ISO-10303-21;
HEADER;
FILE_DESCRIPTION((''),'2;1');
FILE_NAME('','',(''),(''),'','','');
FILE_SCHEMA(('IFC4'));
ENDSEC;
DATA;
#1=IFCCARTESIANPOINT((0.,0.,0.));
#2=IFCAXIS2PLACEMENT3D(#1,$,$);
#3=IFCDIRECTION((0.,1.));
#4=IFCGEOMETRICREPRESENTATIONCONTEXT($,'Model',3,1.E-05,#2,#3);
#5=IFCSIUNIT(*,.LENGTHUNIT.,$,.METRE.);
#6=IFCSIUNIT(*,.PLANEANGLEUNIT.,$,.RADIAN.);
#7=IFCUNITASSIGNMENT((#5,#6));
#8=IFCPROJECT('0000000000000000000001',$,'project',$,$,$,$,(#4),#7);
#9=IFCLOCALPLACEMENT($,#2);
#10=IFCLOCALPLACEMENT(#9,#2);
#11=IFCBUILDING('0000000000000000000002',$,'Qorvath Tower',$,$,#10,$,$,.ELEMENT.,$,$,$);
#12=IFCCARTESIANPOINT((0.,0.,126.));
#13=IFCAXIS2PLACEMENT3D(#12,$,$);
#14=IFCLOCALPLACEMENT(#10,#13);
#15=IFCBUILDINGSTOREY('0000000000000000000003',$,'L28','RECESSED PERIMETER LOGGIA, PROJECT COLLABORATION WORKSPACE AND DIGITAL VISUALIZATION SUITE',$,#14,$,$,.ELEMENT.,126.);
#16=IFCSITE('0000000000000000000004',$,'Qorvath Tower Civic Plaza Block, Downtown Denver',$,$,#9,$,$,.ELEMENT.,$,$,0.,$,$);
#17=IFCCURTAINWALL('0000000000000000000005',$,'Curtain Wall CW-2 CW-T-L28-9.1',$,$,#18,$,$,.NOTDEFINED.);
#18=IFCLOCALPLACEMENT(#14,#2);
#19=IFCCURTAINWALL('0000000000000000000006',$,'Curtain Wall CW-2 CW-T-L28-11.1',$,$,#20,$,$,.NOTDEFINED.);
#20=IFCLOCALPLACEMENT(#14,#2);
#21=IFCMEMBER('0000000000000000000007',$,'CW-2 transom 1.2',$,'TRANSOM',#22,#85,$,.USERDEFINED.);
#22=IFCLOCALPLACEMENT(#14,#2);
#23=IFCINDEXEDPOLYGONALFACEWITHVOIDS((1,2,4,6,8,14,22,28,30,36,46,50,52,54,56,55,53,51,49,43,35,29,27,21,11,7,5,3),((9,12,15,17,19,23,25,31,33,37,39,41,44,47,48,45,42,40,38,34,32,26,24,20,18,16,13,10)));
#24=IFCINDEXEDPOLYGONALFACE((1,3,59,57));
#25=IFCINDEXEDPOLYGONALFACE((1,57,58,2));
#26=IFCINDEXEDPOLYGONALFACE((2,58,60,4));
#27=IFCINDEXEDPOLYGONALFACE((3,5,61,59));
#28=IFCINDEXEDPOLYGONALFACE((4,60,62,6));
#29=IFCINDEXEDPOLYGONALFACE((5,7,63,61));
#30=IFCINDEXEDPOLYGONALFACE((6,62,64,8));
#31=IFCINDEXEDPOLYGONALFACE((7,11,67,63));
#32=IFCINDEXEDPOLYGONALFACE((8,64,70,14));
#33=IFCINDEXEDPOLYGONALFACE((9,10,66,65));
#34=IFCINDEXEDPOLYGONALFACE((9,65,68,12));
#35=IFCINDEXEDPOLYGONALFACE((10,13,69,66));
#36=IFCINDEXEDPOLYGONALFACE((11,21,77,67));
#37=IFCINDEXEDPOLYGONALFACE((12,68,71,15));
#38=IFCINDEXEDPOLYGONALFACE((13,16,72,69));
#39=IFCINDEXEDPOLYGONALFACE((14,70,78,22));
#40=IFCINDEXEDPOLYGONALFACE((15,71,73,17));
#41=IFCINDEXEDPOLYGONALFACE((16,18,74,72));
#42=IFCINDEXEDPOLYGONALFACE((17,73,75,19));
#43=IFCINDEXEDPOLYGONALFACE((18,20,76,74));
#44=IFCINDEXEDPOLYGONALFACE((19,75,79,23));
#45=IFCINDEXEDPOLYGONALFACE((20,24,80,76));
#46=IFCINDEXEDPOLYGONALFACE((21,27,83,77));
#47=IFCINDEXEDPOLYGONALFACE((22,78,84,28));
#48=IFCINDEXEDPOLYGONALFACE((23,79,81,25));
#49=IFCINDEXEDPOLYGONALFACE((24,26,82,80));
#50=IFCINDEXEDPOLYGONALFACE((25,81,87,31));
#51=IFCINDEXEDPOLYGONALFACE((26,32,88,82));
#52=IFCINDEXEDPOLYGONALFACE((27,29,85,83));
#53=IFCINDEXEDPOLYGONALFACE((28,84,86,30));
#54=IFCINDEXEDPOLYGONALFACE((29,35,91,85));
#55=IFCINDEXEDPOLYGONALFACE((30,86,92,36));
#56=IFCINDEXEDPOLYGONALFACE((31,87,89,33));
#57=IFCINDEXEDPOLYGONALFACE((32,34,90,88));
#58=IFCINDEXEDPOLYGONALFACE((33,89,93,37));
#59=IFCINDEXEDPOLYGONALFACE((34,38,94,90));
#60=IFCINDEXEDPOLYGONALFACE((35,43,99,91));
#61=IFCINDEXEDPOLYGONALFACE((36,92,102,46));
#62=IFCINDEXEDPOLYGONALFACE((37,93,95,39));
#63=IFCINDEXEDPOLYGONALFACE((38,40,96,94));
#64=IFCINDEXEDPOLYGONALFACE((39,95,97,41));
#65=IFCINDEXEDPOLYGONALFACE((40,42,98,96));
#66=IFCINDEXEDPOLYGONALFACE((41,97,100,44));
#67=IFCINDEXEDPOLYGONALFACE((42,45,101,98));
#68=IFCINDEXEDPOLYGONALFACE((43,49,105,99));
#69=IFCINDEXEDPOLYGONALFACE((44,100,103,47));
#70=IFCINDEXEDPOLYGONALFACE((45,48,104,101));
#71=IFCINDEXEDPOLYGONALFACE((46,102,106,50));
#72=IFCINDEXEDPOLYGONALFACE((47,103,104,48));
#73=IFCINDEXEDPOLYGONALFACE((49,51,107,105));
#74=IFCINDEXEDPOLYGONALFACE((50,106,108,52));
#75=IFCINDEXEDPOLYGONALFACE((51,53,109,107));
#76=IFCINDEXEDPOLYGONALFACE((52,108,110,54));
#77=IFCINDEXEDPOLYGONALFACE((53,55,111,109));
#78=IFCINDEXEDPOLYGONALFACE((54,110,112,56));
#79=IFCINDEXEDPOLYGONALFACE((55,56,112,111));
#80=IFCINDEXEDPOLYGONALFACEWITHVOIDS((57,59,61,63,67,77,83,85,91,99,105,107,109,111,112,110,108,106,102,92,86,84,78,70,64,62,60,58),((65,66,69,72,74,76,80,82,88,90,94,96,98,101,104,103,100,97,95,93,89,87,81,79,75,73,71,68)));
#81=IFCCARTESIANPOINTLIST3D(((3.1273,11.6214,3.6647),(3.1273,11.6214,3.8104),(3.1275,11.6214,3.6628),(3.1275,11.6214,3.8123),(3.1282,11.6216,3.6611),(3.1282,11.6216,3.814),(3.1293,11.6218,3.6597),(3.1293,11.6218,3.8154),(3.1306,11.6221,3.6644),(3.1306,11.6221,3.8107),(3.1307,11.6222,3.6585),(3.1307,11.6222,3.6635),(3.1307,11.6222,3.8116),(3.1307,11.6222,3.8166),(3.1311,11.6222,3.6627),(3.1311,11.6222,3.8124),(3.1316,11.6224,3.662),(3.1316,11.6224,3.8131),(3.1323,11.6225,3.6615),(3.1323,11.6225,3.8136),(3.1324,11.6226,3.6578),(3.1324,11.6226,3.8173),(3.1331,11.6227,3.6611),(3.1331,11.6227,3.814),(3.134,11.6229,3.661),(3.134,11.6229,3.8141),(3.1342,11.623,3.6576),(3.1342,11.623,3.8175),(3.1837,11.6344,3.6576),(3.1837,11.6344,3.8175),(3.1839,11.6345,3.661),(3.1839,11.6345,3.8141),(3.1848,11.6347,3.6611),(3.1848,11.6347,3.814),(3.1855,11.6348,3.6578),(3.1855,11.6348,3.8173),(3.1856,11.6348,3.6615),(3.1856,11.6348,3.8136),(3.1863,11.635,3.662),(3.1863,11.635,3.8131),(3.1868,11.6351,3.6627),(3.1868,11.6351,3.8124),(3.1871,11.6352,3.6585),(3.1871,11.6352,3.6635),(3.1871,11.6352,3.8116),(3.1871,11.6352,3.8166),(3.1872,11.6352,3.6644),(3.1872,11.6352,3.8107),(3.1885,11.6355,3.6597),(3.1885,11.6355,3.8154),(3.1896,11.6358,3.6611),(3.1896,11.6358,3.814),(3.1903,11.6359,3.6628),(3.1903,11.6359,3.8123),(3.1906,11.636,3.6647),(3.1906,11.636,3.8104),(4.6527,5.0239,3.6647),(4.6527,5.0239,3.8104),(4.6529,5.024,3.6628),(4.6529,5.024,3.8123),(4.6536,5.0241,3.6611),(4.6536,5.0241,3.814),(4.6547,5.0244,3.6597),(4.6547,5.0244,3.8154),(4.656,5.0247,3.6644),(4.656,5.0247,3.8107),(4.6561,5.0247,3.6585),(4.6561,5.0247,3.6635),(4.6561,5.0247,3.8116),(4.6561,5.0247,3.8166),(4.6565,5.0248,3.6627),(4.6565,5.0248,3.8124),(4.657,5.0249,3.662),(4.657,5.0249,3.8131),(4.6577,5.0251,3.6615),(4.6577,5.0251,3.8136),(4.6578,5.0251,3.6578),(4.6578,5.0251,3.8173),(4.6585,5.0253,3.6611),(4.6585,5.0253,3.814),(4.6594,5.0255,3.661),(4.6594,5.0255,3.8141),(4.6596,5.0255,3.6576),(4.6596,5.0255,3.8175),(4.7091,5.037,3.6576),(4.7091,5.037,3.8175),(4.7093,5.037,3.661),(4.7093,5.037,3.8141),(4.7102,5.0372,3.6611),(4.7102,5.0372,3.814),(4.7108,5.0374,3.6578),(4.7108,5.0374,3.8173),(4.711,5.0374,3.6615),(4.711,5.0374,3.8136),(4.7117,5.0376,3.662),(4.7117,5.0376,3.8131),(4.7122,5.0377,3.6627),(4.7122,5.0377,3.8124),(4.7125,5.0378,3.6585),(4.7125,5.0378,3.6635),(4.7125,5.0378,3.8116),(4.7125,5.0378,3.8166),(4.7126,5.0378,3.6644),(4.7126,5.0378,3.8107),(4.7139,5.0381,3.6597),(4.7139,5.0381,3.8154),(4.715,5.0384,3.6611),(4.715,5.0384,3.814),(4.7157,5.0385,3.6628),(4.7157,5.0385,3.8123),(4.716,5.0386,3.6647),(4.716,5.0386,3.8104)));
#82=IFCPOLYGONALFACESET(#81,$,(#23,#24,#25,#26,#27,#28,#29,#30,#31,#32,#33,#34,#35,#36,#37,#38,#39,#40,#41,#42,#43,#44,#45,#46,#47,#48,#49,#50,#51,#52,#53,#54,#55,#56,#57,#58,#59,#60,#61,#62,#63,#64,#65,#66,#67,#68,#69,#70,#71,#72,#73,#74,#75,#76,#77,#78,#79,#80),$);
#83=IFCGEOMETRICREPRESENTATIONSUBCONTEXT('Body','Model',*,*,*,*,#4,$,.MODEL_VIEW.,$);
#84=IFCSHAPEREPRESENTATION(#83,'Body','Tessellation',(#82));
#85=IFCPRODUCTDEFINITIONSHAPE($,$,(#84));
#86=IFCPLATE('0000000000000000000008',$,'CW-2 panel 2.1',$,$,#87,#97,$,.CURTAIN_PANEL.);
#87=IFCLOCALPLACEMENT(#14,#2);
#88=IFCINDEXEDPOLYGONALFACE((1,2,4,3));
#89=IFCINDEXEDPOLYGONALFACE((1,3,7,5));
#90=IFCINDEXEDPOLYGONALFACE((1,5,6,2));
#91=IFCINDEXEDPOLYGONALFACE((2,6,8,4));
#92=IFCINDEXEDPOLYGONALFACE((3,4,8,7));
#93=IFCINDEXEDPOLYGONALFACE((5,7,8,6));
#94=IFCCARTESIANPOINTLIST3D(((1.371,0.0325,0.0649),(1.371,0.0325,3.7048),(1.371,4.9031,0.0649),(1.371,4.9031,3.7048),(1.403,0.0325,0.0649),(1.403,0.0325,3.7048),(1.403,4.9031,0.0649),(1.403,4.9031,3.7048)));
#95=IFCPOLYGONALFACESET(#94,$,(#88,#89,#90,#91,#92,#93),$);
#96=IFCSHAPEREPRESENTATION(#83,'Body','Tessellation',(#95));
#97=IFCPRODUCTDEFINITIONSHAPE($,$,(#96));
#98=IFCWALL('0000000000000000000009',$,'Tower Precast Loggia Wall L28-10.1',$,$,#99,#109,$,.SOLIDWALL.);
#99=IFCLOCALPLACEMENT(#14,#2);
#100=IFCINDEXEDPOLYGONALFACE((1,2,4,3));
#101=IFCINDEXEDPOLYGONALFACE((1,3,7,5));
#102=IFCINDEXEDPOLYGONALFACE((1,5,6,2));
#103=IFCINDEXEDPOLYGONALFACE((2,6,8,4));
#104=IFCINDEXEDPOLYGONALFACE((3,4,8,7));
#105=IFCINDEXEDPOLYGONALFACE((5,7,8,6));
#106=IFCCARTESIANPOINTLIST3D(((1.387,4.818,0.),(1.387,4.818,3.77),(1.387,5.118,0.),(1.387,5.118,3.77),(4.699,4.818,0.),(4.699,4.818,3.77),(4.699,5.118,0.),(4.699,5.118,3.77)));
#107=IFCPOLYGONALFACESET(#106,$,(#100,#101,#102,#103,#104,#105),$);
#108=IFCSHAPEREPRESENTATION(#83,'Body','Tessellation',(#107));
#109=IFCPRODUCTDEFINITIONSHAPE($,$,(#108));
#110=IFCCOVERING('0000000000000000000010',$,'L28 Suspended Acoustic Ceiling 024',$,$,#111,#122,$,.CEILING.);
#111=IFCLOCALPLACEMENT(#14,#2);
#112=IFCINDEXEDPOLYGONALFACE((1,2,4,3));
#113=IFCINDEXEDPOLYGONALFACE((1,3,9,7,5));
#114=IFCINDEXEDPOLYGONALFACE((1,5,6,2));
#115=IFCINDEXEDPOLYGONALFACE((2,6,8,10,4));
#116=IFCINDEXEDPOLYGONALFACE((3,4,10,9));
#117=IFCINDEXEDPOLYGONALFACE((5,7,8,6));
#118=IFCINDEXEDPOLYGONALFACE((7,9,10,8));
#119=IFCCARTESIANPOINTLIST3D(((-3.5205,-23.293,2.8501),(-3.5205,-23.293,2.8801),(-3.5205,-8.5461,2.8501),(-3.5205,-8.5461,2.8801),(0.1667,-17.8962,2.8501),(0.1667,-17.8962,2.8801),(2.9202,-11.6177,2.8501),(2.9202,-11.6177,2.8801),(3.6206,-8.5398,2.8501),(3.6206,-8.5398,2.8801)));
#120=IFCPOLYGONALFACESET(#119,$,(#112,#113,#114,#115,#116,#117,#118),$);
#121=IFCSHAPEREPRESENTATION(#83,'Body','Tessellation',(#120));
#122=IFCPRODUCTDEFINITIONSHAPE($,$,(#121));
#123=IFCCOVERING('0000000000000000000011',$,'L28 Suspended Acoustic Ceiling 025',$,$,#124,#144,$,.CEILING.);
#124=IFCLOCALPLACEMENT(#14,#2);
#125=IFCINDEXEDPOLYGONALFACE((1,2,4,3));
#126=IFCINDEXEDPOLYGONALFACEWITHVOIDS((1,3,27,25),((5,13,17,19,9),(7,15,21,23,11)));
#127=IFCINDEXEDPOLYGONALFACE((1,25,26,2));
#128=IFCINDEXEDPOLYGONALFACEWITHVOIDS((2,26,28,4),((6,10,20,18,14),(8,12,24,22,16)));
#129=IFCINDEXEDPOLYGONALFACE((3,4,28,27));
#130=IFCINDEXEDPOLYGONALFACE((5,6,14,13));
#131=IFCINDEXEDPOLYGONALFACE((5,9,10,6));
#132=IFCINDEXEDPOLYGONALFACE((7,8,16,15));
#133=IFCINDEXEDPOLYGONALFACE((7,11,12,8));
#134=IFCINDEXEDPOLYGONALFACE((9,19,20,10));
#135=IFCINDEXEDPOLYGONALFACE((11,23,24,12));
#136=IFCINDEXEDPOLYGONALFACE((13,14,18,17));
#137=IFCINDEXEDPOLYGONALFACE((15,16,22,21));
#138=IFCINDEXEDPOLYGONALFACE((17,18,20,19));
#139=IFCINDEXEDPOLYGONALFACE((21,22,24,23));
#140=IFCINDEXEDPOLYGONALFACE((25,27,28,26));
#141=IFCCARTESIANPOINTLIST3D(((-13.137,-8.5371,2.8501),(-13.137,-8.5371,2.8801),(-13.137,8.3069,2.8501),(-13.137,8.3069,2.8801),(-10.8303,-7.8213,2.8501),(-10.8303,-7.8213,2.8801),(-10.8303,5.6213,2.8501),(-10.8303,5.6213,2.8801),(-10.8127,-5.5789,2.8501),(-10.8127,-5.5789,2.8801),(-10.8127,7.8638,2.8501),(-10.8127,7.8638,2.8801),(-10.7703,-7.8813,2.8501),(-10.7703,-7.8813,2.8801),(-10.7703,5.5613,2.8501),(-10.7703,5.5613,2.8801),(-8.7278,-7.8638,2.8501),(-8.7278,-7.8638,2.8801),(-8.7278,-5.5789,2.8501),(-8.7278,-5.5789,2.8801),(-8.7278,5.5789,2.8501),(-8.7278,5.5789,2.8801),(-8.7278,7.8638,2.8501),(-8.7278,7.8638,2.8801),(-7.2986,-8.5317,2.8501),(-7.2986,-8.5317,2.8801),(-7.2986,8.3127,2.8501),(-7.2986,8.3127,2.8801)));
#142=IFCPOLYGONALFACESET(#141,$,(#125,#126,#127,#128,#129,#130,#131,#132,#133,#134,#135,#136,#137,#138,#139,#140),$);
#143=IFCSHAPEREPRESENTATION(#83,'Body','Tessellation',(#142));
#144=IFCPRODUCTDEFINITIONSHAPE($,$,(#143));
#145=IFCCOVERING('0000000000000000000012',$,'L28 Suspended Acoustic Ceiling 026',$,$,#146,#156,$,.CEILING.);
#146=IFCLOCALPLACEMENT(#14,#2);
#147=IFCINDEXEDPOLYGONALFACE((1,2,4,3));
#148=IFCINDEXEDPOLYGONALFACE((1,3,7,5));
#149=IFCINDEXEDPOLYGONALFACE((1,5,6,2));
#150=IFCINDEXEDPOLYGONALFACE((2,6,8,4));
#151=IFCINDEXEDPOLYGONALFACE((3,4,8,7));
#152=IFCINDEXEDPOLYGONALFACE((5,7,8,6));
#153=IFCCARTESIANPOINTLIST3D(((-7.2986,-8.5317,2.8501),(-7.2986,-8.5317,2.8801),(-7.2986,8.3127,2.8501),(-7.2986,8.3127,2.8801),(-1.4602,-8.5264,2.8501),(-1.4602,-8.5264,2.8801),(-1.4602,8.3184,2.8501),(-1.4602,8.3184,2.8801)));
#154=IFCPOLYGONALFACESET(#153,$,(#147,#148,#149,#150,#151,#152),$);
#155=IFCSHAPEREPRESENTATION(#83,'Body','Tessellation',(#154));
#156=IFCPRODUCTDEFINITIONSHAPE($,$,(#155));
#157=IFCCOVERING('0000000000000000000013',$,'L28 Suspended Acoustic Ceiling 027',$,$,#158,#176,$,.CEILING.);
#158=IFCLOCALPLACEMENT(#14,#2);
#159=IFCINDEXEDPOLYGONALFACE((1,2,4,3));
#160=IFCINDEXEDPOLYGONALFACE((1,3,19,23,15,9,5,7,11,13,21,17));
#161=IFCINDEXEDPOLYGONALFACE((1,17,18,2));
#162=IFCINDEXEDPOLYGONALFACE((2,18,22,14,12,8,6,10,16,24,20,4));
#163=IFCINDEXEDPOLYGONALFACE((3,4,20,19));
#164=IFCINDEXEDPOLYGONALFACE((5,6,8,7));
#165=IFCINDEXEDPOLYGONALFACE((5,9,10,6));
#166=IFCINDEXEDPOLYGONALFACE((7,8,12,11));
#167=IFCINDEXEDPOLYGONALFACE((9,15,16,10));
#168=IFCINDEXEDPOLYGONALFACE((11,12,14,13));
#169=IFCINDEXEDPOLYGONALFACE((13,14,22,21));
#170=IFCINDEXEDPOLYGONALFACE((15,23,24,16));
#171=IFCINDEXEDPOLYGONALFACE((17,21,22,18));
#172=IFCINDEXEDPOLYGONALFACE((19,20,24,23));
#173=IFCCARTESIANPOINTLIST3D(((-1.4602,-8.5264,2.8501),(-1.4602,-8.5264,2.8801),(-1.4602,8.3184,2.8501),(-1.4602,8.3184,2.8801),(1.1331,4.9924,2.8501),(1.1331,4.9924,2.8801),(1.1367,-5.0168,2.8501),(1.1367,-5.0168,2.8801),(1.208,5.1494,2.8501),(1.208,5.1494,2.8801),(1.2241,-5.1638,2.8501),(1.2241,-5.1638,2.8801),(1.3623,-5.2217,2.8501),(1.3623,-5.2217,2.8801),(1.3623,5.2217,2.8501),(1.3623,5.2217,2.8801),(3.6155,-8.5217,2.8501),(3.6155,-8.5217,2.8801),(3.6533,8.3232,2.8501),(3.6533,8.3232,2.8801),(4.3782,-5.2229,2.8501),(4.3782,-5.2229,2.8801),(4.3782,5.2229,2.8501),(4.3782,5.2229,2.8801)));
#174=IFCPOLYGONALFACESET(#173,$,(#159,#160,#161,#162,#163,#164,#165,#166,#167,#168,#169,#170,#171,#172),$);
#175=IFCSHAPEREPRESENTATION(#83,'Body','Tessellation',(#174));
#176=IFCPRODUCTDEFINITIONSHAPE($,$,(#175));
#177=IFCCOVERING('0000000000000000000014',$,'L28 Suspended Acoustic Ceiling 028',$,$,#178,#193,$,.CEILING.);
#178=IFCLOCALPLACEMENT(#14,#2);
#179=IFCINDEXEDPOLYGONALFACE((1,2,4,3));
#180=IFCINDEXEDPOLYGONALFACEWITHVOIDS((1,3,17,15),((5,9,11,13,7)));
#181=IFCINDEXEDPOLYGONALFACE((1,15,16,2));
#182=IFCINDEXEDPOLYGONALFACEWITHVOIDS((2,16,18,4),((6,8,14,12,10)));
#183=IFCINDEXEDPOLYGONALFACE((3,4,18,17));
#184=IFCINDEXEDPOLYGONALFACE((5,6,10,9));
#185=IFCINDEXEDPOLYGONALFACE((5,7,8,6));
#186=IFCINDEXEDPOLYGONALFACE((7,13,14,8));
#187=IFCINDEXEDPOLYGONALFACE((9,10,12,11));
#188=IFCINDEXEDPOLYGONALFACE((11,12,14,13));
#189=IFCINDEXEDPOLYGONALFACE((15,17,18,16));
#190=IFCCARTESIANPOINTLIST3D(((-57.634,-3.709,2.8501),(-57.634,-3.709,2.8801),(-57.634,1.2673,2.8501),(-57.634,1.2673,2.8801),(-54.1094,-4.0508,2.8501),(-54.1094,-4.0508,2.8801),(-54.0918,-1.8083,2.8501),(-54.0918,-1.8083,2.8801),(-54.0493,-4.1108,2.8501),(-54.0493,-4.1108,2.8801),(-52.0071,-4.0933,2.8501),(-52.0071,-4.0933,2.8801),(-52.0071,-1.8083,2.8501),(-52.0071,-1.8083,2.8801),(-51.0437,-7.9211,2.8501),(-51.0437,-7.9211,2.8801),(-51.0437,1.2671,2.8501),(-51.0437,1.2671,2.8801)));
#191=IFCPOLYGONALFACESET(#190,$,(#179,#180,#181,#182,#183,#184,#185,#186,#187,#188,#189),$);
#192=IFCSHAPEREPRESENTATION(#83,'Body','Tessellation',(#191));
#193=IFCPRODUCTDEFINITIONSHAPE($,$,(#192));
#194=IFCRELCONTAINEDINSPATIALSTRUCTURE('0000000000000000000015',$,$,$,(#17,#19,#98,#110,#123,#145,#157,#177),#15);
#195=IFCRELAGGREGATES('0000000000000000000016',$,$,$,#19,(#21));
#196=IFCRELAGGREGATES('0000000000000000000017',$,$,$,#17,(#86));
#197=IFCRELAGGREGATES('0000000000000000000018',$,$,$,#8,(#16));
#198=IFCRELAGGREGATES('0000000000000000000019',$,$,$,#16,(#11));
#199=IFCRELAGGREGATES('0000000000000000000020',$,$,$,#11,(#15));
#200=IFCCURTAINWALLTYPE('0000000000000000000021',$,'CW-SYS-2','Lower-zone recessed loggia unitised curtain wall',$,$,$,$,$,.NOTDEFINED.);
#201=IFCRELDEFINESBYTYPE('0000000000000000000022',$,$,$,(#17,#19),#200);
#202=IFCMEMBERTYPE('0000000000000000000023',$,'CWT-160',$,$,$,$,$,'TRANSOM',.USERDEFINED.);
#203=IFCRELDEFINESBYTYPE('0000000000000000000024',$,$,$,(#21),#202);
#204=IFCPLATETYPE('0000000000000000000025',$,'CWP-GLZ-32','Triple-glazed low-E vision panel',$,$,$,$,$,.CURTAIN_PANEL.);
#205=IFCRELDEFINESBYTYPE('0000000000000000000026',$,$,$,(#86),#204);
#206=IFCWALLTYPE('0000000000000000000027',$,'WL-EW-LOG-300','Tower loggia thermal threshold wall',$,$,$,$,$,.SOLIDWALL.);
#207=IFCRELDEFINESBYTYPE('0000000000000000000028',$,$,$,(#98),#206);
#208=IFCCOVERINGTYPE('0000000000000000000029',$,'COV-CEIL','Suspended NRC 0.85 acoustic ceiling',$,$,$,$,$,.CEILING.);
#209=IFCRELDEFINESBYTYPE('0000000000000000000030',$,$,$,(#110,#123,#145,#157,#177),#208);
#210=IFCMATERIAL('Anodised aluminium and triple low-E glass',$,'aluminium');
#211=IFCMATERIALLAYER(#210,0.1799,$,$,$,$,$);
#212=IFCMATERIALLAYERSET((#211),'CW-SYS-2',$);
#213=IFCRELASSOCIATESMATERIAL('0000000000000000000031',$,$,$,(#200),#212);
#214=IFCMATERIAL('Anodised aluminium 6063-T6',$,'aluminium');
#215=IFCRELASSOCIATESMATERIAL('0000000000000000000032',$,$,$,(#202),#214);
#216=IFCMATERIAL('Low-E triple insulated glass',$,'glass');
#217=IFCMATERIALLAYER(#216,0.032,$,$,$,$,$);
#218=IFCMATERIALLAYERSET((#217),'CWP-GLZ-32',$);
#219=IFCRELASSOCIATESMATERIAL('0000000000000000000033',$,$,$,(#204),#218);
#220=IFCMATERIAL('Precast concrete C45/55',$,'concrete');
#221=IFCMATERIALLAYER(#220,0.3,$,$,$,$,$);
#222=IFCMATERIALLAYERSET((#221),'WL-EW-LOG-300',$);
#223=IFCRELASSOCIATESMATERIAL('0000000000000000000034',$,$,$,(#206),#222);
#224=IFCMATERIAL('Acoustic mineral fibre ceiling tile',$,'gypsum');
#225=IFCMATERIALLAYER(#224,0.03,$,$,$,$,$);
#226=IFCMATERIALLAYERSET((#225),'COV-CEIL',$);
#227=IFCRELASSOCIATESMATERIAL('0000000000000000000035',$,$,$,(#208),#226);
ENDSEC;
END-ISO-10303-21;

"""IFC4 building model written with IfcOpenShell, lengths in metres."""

from ifc_helpers import new_model, si_unit, direction, frame, frame_2d, origin, origin_2d, place, context, subcontext, project, spatial, polyline, rectangle, hollow_rectangle, outline, extrude, material, layer, layer_set, material_profile, profile_set, type_object, element, aggregate, save


model = new_model("IFC4")

# Units and contexts
model_context = context("Model", 3, precision=1e-05, world=origin(), true_north=direction((0.0, 1.0)))
body_context = subcontext(model_context, "Body", "Model", "MODEL_VIEW")
ifc_project = project(units=[si_unit("LENGTHUNIT", "METRE"), si_unit("PLANEANGLEUNIT", "RADIAN")], contexts=[model_context])

# Site, building, storey
site_placement = place(None, origin())
site = spatial("IfcSite", under=ifc_project, at=site_placement, Name="Qorvath Tower Civic Plaza Block, Downtown Denver", CompositionType="ELEMENT", RefElevation=0.0)
building_placement = place(site_placement, origin())
building = spatial("IfcBuilding", under=site, at=building_placement, Name="Qorvath Tower", CompositionType="ELEMENT")
storey_placement = place(building_placement, frame((0.0, 0.0, 126.0)))
storey = spatial("IfcBuildingStorey", under=building, at=storey_placement, Name="L28", Description="RECESSED PERIMETER LOGGIA, PROJECT COLLABORATION WORKSPACE AND DIGITAL VISUALIZATION SUITE", CompositionType="ELEMENT", Elevation=126.0)

# Curtain wall
ifc_material_1 = material(Name="Anodised aluminium and triple low-E glass", Category="aluminium")
ifc_layer_1 = layer(ifc_material_1, 0.1799)
ifc_layer_set_1 = layer_set([ifc_layer_1], Name="CW-SYS-2")
curtain_wall_type = type_object("IfcCurtainWallType", Name="CW-SYS-2", Description="Lower-zone recessed loggia unitised curtain wall", PredefinedType="NOTDEFINED", material=ifc_layer_set_1)
curtain_wall_1_placement = place(storey_placement, origin())
curtain_wall_1 = element("IfcCurtainWall", 1, at=curtain_wall_1_placement, inside=storey, type_object=curtain_wall_type, Name="Curtain Wall CW-2 CW-T-L28-9.1", PredefinedType="NOTDEFINED")

# Curtain wall
curtain_wall_2_placement = place(storey_placement, origin())
curtain_wall_2 = element("IfcCurtainWall", 2, at=curtain_wall_2_placement, inside=storey, type_object=curtain_wall_type, Name="Curtain Wall CW-2 CW-T-L28-11.1", PredefinedType="NOTDEFINED")

# Member
ifc_material_2 = material(Name="Anodised aluminium 6063-T6", Category="aluminium")
ifc_material_profile_1 = material_profile(ifc_material_2, hollow_rectangle(XDim=0.0649, YDim=0.1599, WallThickness=0.0034, InnerFilletRadius=0.0034, OuterFilletRadius=0.0071, at=origin_2d()), Name="CWT 160x65")
ifc_profile_set_1 = profile_set([ifc_material_profile_1], Name="Anodised aluminium 6063-T6")
member_type_1 = type_object("IfcMemberType", Name="CWT-160", ElementType="TRANSOM", PredefinedType="USERDEFINED", material=ifc_profile_set_1)
member_1_placement = place(storey_placement, frame((4.6843, 5.0312, 3.7375), z_axis=(-0.225268, 0.974297, 0.0), x_axis=(-0.974297, -0.225268, 0.0)))
member_1 = element("IfcMember", 3, at=member_1_placement, type_object=member_type_1, Name="CW-2 transom 1.2", ObjectType="TRANSOM", PredefinedType="USERDEFINED", context=body_context, shape_type="SweptSolid", body=[
    extrude(hollow_rectangle(XDim=0.0649, YDim=0.1599, WallThickness=0.0034, InnerFilletRadius=0.0034, OuterFilletRadius=0.0071, at=origin_2d()), origin(), (0.0, 0.0, 1.0), 6.7715),
])
aggregate(curtain_wall_2, [member_1])

# Plate
ifc_material_3 = material(Name="Low-E triple insulated glass", Category="glass")
ifc_layer_2 = layer(ifc_material_3, 0.032)
ifc_layer_set_2 = layer_set([ifc_layer_2], Name="CWP-GLZ-32")
plate_type = type_object("IfcPlateType", Name="CWP-GLZ-32", Description="Triple-glazed low-E vision panel", PredefinedType="CURTAIN_PANEL", material=ifc_layer_set_2)
plate_placement = place(storey_placement, frame((1.387, 2.4678, 0.0649), z_axis=(0.0, 0.0, 1.0), x_axis=(0.0, 1.0, 0.0)))
plate = element("IfcPlate", 4, at=plate_placement, type_object=plate_type, Name="CW-2 panel 2.1", PredefinedType="CURTAIN_PANEL", context=body_context, shape_type="SweptSolid", body=[
    extrude(rectangle(XDim=4.8706, YDim=0.032, at=origin_2d()), origin(), (0.0, 0.0, 1.0), 3.6399),
])
aggregate(curtain_wall_1, [plate])

# Wall
ifc_material_4 = material(Name="Precast concrete C45/55", Category="concrete")
ifc_layer_3 = layer(ifc_material_4, 0.3)
ifc_layer_set_3 = layer_set([ifc_layer_3], Name="WL-EW-LOG-300")
wall_type = type_object("IfcWallType", Name="WL-EW-LOG-300", Description="Tower loggia thermal threshold wall", PredefinedType="SOLIDWALL", material=ifc_layer_set_3)
wall_placement = place(storey_placement, frame((1.387, 4.968, 0.0), z_axis=(0.0, 0.0, 1.0), x_axis=(1.0, 0.0, 0.0)))
element("IfcWall", 5, at=wall_placement, inside=storey, type_object=wall_type, Name="Tower Precast Loggia Wall L28-10.1", PredefinedType="SOLIDWALL", context=body_context, shape_type="SweptSolid", body=[
    extrude(rectangle(XDim=3.312, YDim=0.3, at=frame_2d((1.656, 0.0))), origin(), (0.0, 0.0, 1.0), 3.77),
])

# Coverings
ifc_material_5 = material(Name="Acoustic mineral fibre ceiling tile", Category="gypsum")
ifc_layer_4 = layer(ifc_material_5, 0.03)
ifc_layer_set_4 = layer_set([ifc_layer_4], Name="COV-CEIL")
covering_type_1 = type_object("IfcCoveringType", Name="COV-CEIL", Description="Suspended NRC 0.85 acoustic ceiling", PredefinedType="CEILING", material=ifc_layer_set_4)
covering_1_placement = place(storey_placement, frame((0.0, 0.0, 2.8501)))
element("IfcCovering", 6, at=covering_1_placement, inside=storey, type_object=covering_type_1, Name="L28 Suspended Acoustic Ceiling 024", PredefinedType="CEILING", context=body_context, shape_type="SweptSolid", body=[
    extrude(outline(polyline([(-3.5205, -8.5461), (-3.5205, -23.293), (0.1667, -17.8962), (2.9202, -11.6177), (3.6206, -8.5398), (-3.5205, -8.5461)])), origin(), (0.0, 0.0, 1.0), 0.03),
])
covering_2_placement = place(storey_placement, frame((0.0, 0.0, 2.8501)))
element("IfcCovering", 7, at=covering_2_placement, inside=storey, type_object=covering_type_1, Name="L28 Suspended Acoustic Ceiling 025", PredefinedType="CEILING", context=body_context, shape_type="SweptSolid", body=[
    extrude(outline(polyline([(-7.2986, -8.5317), (-7.2986, 8.3127), (-13.137, 8.3069), (-13.137, -8.5371), (-7.2986, -8.5317)]), holes=[polyline([(-10.8303, -7.8213), (-10.8127, -5.5789), (-8.7278, -5.5789), (-8.7278, -7.8638), (-10.7703, -7.8813), (-10.8303, -7.8213)]), polyline([(-10.8303, 5.6213), (-10.8127, 7.8638), (-8.7278, 7.8638), (-8.7278, 5.5789), (-10.7703, 5.5613), (-10.8303, 5.6213)])]), origin(), (0.0, 0.0, 1.0), 0.03),
])
covering_3_placement = place(storey_placement, frame((0.0, 0.0, 2.8501)))
element("IfcCovering", 8, at=covering_3_placement, inside=storey, type_object=covering_type_1, Name="L28 Suspended Acoustic Ceiling 026", PredefinedType="CEILING", context=body_context, shape_type="SweptSolid", body=[
    extrude(outline(polyline([(-1.4602, -8.5264), (-1.4602, 8.3184), (-7.2986, 8.3127), (-7.2986, -8.5317), (-1.4602, -8.5264)])), origin(), (0.0, 0.0, 1.0), 0.03),
])
covering_4_placement = place(storey_placement, frame((0.0, 0.0, 2.8501)))
element("IfcCovering", 9, at=covering_4_placement, inside=storey, type_object=covering_type_1, Name="L28 Suspended Acoustic Ceiling 027", PredefinedType="CEILING", context=body_context, shape_type="SweptSolid", body=[
    extrude(outline(polyline([(1.208, 5.1494), (1.3623, 5.2217), (4.3782, 5.2229), (3.6533, 8.3232), (-1.4602, 8.3184), (-1.4602, -8.5264), (3.6155, -8.5217), (4.3782, -5.2229), (1.3623, -5.2217), (1.2241, -5.1638), (1.1367, -5.0168), (1.1331, 4.9924), (1.208, 5.1494)])), origin(), (0.0, 0.0, 1.0), 0.03),
])
covering_5_placement = place(storey_placement, frame((0.0, 0.0, 2.8501)))
element("IfcCovering", 10, at=covering_5_placement, inside=storey, type_object=covering_type_1, Name="L28 Suspended Acoustic Ceiling 028", PredefinedType="CEILING", context=body_context, shape_type="SweptSolid", body=[
    extrude(outline(polyline([(-51.0437, -7.9211), (-51.0437, 1.2671), (-57.634, 1.2673), (-57.634, -3.709), (-51.0437, -7.9211)]), holes=[polyline([(-54.1094, -4.0508), (-54.0918, -1.8083), (-52.0071, -1.8083), (-52.0071, -4.0933), (-54.0493, -4.1108), (-54.1094, -4.0508)])]), origin(), (0.0, 0.0, 1.0), 0.03),
])

save(model, "model.ifc")
